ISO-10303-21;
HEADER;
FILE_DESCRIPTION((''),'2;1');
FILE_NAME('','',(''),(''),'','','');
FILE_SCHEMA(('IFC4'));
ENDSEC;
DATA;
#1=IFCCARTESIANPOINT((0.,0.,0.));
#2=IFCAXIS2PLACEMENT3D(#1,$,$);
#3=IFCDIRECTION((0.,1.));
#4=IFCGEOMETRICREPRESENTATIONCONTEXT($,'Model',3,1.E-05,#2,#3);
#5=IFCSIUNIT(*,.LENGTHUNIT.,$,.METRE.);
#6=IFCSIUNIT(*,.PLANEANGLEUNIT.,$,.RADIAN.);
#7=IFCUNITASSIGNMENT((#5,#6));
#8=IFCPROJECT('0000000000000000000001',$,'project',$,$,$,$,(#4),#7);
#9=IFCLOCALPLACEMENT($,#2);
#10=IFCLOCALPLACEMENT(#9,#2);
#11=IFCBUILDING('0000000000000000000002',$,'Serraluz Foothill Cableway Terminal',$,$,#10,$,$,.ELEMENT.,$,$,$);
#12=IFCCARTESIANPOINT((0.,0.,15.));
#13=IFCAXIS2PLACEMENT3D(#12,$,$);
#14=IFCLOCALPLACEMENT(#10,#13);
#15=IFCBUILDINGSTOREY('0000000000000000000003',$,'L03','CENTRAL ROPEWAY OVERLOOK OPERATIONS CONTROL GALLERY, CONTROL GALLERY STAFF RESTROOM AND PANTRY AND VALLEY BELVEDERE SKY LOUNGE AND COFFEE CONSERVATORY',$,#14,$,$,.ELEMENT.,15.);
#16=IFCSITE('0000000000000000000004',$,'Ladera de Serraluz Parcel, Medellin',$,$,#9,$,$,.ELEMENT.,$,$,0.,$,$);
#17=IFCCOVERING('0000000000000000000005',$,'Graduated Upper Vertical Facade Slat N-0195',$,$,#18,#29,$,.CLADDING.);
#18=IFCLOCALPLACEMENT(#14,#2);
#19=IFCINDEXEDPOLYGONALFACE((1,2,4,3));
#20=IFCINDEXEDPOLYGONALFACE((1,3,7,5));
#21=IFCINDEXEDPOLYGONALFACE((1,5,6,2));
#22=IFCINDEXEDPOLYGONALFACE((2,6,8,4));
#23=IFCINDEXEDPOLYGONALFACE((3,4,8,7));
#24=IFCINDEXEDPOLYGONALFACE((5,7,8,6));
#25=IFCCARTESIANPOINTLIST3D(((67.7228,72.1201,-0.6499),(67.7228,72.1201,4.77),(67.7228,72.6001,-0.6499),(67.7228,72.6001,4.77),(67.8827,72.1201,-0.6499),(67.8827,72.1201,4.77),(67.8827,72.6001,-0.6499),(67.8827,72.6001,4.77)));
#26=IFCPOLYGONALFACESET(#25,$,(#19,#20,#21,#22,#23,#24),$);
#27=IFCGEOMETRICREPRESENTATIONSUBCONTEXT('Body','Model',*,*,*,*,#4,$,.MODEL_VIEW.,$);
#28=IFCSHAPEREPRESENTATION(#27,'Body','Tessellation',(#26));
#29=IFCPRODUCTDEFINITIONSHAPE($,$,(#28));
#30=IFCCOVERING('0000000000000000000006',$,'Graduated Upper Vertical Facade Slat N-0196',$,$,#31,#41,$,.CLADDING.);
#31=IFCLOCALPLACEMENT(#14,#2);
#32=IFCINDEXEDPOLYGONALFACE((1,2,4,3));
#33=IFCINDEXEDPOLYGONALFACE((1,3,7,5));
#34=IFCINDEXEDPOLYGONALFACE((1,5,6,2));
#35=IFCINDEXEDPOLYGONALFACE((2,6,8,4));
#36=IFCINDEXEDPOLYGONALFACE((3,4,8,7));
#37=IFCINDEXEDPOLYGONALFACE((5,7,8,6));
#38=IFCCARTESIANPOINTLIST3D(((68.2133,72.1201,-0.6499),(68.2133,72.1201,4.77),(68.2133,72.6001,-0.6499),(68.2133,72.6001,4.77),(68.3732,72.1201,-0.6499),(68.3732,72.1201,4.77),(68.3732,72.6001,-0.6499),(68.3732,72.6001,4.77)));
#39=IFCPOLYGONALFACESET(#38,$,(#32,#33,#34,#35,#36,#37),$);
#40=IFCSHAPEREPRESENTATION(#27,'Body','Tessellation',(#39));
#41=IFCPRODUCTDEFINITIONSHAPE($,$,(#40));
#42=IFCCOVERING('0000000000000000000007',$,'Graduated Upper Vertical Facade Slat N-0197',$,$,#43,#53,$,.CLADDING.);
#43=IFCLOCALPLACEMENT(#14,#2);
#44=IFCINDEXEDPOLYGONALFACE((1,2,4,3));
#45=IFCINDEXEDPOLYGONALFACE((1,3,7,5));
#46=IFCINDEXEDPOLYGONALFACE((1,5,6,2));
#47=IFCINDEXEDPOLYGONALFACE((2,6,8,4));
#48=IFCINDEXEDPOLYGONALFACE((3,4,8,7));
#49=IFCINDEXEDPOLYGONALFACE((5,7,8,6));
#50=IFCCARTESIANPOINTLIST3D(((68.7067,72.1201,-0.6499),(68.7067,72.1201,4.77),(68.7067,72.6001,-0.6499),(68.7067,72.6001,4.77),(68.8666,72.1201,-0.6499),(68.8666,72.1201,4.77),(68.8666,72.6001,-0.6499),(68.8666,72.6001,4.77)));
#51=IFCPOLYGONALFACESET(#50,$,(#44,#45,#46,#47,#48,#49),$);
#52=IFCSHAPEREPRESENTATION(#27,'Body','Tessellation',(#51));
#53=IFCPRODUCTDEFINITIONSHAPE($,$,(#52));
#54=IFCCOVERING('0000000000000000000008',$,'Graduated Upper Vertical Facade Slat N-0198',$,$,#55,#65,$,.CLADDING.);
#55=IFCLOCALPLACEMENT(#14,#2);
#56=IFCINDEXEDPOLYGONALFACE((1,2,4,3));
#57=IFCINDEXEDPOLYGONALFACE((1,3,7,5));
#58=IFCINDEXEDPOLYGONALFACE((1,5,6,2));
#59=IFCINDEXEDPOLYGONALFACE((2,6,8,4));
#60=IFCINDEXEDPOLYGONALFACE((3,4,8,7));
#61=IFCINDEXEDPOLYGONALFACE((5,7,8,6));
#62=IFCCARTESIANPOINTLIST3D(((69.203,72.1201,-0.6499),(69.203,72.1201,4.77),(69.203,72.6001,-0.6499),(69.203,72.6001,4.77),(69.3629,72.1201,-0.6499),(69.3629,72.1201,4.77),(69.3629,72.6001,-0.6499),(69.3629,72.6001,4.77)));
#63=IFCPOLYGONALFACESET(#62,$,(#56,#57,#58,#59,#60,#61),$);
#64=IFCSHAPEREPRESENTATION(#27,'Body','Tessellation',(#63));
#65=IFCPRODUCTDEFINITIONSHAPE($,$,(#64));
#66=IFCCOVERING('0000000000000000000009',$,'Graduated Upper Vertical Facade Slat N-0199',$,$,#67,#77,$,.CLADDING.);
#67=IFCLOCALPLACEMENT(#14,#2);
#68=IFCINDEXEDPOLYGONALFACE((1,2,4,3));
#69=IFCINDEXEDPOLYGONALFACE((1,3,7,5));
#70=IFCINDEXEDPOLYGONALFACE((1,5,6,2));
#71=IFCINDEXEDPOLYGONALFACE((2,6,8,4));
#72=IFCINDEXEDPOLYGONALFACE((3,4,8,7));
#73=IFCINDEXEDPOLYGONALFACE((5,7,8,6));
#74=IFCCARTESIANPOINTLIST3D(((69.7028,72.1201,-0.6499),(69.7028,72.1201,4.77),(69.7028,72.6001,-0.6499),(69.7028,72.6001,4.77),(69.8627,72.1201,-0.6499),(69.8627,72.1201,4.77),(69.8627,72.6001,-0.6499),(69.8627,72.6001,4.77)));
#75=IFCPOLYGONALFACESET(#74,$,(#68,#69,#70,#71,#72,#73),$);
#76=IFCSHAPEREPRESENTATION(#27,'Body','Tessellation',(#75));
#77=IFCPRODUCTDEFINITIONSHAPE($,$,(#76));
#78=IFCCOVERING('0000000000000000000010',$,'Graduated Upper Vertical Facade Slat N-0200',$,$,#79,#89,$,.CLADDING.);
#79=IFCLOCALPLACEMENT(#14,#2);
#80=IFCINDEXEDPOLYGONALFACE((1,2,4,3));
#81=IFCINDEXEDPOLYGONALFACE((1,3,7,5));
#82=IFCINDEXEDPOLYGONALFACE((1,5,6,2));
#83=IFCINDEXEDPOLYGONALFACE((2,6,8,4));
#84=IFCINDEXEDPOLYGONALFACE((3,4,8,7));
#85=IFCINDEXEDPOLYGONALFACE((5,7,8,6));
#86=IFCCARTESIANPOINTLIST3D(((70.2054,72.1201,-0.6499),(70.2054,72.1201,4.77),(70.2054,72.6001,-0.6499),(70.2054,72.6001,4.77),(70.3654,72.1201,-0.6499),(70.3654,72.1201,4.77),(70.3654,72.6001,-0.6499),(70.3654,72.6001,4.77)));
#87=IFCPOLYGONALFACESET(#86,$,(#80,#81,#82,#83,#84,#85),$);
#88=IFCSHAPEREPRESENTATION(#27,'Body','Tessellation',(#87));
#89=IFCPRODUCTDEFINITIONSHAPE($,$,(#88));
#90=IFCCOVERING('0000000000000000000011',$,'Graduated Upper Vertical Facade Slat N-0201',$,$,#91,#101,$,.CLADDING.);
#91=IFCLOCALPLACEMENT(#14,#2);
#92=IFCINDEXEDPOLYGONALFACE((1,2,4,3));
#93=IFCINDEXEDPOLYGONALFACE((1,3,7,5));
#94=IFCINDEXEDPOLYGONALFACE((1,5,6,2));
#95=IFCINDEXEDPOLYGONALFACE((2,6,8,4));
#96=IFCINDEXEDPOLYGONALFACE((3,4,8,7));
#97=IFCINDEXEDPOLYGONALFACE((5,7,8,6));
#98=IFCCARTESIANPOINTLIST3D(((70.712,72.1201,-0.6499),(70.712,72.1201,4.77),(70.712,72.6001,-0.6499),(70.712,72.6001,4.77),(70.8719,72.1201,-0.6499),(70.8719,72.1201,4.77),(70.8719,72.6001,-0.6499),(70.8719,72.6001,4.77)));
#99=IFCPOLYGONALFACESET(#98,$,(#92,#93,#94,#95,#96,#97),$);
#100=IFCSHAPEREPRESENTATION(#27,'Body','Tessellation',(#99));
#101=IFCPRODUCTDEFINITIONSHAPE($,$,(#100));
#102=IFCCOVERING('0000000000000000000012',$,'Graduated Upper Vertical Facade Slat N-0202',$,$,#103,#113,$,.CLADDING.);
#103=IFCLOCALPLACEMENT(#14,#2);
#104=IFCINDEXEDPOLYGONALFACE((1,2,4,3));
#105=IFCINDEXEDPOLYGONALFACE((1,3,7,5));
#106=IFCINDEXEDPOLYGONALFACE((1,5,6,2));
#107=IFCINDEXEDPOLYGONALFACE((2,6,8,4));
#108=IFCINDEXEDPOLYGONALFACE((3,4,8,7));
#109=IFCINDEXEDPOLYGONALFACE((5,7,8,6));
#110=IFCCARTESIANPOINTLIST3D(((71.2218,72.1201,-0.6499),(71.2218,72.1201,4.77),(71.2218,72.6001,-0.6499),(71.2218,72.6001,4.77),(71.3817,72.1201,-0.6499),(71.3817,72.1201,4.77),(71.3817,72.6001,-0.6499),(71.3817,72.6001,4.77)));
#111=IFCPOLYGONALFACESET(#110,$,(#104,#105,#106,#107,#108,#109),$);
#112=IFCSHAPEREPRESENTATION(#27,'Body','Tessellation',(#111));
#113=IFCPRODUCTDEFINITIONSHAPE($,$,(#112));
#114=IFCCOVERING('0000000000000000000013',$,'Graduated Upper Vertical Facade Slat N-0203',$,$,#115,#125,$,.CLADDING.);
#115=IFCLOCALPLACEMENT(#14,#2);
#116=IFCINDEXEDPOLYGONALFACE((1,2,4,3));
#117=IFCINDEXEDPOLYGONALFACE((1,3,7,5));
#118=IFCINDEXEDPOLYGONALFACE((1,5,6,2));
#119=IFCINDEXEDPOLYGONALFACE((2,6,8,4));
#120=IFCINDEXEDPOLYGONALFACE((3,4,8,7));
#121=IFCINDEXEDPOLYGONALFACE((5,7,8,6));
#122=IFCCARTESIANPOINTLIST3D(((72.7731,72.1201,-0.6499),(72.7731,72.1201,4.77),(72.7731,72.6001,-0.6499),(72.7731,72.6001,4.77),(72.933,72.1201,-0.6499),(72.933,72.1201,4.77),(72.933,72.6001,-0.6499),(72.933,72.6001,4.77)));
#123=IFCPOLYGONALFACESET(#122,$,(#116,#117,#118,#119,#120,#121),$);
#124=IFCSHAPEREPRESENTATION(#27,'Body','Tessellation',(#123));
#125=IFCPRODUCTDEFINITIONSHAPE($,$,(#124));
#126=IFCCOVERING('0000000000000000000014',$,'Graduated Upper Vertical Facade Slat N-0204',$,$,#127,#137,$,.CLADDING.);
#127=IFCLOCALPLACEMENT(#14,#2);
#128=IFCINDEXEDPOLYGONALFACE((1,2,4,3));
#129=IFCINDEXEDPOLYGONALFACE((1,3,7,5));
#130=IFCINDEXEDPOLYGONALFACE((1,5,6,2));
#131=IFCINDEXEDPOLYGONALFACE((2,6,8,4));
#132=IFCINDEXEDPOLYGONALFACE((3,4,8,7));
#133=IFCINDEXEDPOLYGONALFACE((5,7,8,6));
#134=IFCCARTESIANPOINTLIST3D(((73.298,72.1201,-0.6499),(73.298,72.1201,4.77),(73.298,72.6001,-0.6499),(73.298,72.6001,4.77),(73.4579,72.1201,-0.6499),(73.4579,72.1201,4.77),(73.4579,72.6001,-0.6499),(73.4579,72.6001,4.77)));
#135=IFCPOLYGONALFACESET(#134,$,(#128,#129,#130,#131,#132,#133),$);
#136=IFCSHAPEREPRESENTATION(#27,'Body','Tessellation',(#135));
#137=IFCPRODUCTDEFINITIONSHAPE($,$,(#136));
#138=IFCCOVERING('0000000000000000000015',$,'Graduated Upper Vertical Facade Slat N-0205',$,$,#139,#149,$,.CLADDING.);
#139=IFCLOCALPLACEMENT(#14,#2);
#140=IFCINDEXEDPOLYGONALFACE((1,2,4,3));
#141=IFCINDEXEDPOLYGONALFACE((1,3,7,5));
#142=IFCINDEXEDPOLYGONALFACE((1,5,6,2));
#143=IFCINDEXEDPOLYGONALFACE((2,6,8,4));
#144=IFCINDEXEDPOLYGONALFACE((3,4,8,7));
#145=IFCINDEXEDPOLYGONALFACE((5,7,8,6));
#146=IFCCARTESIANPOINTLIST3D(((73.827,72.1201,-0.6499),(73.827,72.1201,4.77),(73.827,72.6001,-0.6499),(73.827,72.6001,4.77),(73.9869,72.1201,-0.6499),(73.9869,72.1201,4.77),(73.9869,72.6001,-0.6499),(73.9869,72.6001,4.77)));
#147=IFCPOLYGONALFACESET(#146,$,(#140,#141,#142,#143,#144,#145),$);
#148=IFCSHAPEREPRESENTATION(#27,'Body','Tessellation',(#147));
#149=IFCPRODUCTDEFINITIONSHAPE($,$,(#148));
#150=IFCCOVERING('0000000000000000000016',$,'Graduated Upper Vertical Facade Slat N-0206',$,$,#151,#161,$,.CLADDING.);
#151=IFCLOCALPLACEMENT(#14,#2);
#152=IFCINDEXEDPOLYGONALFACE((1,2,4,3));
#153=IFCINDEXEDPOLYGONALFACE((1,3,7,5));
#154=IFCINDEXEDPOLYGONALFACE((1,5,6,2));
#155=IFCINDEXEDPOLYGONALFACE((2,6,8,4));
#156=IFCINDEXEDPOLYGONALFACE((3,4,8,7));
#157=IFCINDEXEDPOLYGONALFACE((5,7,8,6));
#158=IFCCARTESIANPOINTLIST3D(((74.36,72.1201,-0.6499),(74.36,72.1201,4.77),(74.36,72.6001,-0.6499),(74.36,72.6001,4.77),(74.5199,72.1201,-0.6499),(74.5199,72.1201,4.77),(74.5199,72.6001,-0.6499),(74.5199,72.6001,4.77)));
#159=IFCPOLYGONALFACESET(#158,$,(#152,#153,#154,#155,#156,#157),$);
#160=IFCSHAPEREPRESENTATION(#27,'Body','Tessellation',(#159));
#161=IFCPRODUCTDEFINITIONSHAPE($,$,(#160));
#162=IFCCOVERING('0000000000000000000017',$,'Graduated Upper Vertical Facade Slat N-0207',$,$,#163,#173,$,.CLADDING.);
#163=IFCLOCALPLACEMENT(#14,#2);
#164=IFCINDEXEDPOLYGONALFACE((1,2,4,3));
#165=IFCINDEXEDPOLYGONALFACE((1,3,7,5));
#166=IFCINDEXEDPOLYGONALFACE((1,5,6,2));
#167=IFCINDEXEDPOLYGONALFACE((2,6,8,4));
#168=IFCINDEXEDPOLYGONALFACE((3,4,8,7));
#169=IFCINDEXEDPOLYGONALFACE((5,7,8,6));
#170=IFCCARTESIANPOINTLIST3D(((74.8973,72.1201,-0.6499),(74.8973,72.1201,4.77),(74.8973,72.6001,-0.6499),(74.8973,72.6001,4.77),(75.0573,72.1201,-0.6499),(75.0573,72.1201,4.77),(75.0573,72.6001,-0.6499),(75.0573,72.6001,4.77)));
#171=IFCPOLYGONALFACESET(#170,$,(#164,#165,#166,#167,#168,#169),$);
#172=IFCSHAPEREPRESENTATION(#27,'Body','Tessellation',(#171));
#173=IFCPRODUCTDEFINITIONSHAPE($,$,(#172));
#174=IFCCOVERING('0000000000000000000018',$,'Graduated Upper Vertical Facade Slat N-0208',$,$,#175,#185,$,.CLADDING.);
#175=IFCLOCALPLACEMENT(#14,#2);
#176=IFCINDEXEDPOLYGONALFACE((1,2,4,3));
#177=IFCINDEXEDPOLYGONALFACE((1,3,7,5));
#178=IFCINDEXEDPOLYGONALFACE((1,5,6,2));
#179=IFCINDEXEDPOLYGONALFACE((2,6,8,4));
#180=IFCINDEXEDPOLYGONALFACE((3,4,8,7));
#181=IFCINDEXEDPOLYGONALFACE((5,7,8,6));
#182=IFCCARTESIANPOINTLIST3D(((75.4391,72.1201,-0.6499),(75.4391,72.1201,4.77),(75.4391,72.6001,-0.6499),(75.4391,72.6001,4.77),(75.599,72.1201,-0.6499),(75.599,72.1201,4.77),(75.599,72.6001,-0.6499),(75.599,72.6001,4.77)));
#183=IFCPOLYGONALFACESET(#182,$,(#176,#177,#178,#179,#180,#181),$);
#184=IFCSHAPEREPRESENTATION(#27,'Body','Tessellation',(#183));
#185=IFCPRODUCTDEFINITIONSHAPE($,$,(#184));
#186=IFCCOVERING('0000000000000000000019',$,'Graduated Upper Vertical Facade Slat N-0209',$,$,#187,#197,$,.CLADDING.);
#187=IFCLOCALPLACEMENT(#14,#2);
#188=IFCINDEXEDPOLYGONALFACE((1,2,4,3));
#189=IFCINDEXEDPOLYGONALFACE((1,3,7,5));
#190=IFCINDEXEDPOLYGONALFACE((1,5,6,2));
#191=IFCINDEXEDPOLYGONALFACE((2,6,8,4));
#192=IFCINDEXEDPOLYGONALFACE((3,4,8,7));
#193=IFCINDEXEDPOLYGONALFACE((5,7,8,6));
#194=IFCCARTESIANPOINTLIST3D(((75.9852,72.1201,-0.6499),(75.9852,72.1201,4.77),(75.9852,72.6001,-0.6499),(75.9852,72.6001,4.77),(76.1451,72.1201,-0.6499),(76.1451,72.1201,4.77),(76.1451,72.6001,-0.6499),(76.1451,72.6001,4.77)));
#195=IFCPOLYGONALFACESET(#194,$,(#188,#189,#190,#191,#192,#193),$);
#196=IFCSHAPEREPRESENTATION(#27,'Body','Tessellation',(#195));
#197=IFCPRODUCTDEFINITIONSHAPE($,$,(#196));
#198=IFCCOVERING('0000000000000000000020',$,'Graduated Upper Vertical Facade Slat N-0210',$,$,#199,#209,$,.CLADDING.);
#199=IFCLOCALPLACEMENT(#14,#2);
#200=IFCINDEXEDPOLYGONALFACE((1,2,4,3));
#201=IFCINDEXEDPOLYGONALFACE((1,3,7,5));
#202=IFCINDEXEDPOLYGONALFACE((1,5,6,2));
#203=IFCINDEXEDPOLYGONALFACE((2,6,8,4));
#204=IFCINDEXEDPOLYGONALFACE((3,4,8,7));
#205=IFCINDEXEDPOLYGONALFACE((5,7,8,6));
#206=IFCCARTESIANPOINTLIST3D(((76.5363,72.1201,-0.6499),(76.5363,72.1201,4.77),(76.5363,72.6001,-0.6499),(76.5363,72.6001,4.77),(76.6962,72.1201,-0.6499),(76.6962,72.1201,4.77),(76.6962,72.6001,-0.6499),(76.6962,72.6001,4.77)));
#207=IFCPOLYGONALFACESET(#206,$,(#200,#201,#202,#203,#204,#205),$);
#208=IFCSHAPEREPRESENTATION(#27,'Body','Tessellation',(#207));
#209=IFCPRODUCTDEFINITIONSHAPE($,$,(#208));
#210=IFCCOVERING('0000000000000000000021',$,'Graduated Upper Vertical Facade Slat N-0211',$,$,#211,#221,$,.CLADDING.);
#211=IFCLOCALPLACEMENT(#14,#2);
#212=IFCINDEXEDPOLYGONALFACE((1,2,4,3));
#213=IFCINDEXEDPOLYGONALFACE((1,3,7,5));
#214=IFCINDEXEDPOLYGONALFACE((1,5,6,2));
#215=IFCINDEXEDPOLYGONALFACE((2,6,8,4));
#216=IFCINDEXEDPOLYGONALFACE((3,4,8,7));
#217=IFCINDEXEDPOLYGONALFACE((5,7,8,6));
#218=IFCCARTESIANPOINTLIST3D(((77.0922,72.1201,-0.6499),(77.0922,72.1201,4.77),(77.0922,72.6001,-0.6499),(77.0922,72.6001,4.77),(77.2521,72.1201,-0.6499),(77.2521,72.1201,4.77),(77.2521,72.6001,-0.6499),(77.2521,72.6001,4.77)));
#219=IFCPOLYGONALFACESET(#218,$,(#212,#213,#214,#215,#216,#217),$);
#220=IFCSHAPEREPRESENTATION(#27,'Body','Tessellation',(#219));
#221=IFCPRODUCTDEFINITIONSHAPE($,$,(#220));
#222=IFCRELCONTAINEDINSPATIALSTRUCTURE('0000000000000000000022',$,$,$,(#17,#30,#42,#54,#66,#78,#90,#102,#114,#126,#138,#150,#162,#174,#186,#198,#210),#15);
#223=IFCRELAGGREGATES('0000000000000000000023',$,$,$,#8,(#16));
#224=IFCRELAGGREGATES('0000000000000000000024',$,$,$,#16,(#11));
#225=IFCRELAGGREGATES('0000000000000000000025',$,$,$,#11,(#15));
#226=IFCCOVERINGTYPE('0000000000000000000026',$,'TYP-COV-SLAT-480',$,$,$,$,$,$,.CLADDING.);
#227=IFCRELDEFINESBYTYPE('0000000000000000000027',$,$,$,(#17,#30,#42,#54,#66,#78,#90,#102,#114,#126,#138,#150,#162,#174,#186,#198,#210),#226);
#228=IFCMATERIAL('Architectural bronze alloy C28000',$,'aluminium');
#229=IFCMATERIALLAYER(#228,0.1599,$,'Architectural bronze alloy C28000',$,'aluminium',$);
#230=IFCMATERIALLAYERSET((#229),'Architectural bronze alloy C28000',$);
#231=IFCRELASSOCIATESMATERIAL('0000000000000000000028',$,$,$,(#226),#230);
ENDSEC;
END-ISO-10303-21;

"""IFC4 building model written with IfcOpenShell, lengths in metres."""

from ifc_helpers import new_model, si_unit, direction, frame, origin, origin_2d, place, context, subcontext, project, spatial, rectangle, extrude, material, layer, layer_set, type_object, element, save


model = new_model("IFC4")

# Units and contexts
model_context = context("Model", 3, precision=1e-05, world=origin(), true_north=direction((0.0, 1.0)))
body_context = subcontext(model_context, "Body", "Model", "MODEL_VIEW")
ifc_project = project(units=[si_unit("LENGTHUNIT", "METRE"), si_unit("PLANEANGLEUNIT", "RADIAN")], contexts=[model_context])

# Site, building, storey
site_placement = place(None, origin())
site = spatial("IfcSite", under=ifc_project, at=site_placement, Name="Ladera de Serraluz Parcel, Medellin", CompositionType="ELEMENT", RefElevation=0.0)
building_placement = place(site_placement, origin())
building = spatial("IfcBuilding", under=site, at=building_placement, Name="Serraluz Foothill Cableway Terminal", CompositionType="ELEMENT")
storey_placement = place(building_placement, frame((0.0, 0.0, 15.0)))
storey = spatial("IfcBuildingStorey", under=building, at=storey_placement, Name="L03", Description="CENTRAL ROPEWAY OVERLOOK OPERATIONS CONTROL GALLERY, CONTROL GALLERY STAFF RESTROOM AND PANTRY AND VALLEY BELVEDERE SKY LOUNGE AND COFFEE CONSERVATORY", CompositionType="ELEMENT", Elevation=15.0)

# Coverings
ifc_material = material(Name="Architectural bronze alloy C28000", Category="aluminium")
ifc_layer = layer(ifc_material, 0.1599, Name="Architectural bronze alloy C28000", Category="aluminium")
ifc_layer_set = layer_set([ifc_layer], Name="Architectural bronze alloy C28000")
covering_type = type_object("IfcCoveringType", Name="TYP-COV-SLAT-480", PredefinedType="CLADDING", material=ifc_layer_set)
for number, where, z_axis, x_axis, name in (
    (1, (67.8027, 72.3601, -0.6499), (0.0, 0.0, 1.0), (1.0, 0.0, 0.0), "Graduated Upper Vertical Facade Slat N-0195"),
    (2, (68.2932, 72.3601, -0.6499), (0.0, 0.0, 1.0), (1.0, 0.0, 0.0), "Graduated Upper Vertical Facade Slat N-0196"),
    (3, (68.7866, 72.3601, -0.6499), (0.0, 0.0, 1.0), (1.0, 0.0, 0.0), "Graduated Upper Vertical Facade Slat N-0197"),
    (4, (69.283, 72.3601, -0.6499), (0.0, 0.0, 1.0), (1.0, 0.0, 0.0), "Graduated Upper Vertical Facade Slat N-0198"),
    (5, (69.7827, 72.3601, -0.6499), (0.0, 0.0, 1.0), (1.0, 0.0, 0.0), "Graduated Upper Vertical Facade Slat N-0199"),
    (6, (70.2854, 72.3601, -0.6499), (0.0, 0.0, 1.0), (1.0, 0.0, 0.0), "Graduated Upper Vertical Facade Slat N-0200"),
    (7, (70.792, 72.3601, -0.6499), (0.0, 0.0, 1.0), (1.0, 0.0, 0.0), "Graduated Upper Vertical Facade Slat N-0201"),
    (8, (71.3018, 72.3601, -0.6499), (0.0, 0.0, 1.0), (1.0, 0.0, 0.0), "Graduated Upper Vertical Facade Slat N-0202"),
    (9, (72.853, 72.3601, -0.6499), (0.0, 0.0, 1.0), (1.0, 0.0, 0.0), "Graduated Upper Vertical Facade Slat N-0203"),
    (10, (73.3779, 72.3601, -0.6499), (0.0, 0.0, 1.0), (1.0, 0.0, 0.0), "Graduated Upper Vertical Facade Slat N-0204"),
    (11, (73.907, 72.3601, -0.6499), (0.0, 0.0, 1.0), (1.0, 0.0, 0.0), "Graduated Upper Vertical Facade Slat N-0205"),
    (12, (74.4399, 72.3601, -0.6499), (0.0, 0.0, 1.0), (1.0, 0.0, 0.0), "Graduated Upper Vertical Facade Slat N-0206"),
    (13, (74.9773, 72.3601, -0.6499), (0.0, 0.0, 1.0), (1.0, 0.0, 0.0), "Graduated Upper Vertical Facade Slat N-0207"),
    (14, (75.519, 72.3601, -0.6499), (0.0, 0.0, 1.0), (1.0, 0.0, 0.0), "Graduated Upper Vertical Facade Slat N-0208"),
    (15, (76.0652, 72.3601, -0.6499), (0.0, 0.0, 1.0), (1.0, 0.0, 0.0), "Graduated Upper Vertical Facade Slat N-0209"),
    (16, (76.6162, 72.3601, -0.6499), (0.0, 0.0, 1.0), (1.0, 0.0, 0.0), "Graduated Upper Vertical Facade Slat N-0210"),
    (17, (77.1721, 72.3601, -0.6499), (0.0, 0.0, 1.0), (1.0, 0.0, 0.0), "Graduated Upper Vertical Facade Slat N-0211"),
):
    element("IfcCovering", number, at=place(storey_placement, frame(where, z_axis=z_axis, x_axis=x_axis)), inside=storey, type_object=covering_type, Name=name, PredefinedType="CLADDING", context=body_context, shape_type="SweptSolid", body=[
        extrude(rectangle(XDim=0.1599, YDim=0.48, at=origin_2d()), origin(), (0.0, 0.0, 1.0), 5.4199),
    ])

save(model, "model.ifc")
